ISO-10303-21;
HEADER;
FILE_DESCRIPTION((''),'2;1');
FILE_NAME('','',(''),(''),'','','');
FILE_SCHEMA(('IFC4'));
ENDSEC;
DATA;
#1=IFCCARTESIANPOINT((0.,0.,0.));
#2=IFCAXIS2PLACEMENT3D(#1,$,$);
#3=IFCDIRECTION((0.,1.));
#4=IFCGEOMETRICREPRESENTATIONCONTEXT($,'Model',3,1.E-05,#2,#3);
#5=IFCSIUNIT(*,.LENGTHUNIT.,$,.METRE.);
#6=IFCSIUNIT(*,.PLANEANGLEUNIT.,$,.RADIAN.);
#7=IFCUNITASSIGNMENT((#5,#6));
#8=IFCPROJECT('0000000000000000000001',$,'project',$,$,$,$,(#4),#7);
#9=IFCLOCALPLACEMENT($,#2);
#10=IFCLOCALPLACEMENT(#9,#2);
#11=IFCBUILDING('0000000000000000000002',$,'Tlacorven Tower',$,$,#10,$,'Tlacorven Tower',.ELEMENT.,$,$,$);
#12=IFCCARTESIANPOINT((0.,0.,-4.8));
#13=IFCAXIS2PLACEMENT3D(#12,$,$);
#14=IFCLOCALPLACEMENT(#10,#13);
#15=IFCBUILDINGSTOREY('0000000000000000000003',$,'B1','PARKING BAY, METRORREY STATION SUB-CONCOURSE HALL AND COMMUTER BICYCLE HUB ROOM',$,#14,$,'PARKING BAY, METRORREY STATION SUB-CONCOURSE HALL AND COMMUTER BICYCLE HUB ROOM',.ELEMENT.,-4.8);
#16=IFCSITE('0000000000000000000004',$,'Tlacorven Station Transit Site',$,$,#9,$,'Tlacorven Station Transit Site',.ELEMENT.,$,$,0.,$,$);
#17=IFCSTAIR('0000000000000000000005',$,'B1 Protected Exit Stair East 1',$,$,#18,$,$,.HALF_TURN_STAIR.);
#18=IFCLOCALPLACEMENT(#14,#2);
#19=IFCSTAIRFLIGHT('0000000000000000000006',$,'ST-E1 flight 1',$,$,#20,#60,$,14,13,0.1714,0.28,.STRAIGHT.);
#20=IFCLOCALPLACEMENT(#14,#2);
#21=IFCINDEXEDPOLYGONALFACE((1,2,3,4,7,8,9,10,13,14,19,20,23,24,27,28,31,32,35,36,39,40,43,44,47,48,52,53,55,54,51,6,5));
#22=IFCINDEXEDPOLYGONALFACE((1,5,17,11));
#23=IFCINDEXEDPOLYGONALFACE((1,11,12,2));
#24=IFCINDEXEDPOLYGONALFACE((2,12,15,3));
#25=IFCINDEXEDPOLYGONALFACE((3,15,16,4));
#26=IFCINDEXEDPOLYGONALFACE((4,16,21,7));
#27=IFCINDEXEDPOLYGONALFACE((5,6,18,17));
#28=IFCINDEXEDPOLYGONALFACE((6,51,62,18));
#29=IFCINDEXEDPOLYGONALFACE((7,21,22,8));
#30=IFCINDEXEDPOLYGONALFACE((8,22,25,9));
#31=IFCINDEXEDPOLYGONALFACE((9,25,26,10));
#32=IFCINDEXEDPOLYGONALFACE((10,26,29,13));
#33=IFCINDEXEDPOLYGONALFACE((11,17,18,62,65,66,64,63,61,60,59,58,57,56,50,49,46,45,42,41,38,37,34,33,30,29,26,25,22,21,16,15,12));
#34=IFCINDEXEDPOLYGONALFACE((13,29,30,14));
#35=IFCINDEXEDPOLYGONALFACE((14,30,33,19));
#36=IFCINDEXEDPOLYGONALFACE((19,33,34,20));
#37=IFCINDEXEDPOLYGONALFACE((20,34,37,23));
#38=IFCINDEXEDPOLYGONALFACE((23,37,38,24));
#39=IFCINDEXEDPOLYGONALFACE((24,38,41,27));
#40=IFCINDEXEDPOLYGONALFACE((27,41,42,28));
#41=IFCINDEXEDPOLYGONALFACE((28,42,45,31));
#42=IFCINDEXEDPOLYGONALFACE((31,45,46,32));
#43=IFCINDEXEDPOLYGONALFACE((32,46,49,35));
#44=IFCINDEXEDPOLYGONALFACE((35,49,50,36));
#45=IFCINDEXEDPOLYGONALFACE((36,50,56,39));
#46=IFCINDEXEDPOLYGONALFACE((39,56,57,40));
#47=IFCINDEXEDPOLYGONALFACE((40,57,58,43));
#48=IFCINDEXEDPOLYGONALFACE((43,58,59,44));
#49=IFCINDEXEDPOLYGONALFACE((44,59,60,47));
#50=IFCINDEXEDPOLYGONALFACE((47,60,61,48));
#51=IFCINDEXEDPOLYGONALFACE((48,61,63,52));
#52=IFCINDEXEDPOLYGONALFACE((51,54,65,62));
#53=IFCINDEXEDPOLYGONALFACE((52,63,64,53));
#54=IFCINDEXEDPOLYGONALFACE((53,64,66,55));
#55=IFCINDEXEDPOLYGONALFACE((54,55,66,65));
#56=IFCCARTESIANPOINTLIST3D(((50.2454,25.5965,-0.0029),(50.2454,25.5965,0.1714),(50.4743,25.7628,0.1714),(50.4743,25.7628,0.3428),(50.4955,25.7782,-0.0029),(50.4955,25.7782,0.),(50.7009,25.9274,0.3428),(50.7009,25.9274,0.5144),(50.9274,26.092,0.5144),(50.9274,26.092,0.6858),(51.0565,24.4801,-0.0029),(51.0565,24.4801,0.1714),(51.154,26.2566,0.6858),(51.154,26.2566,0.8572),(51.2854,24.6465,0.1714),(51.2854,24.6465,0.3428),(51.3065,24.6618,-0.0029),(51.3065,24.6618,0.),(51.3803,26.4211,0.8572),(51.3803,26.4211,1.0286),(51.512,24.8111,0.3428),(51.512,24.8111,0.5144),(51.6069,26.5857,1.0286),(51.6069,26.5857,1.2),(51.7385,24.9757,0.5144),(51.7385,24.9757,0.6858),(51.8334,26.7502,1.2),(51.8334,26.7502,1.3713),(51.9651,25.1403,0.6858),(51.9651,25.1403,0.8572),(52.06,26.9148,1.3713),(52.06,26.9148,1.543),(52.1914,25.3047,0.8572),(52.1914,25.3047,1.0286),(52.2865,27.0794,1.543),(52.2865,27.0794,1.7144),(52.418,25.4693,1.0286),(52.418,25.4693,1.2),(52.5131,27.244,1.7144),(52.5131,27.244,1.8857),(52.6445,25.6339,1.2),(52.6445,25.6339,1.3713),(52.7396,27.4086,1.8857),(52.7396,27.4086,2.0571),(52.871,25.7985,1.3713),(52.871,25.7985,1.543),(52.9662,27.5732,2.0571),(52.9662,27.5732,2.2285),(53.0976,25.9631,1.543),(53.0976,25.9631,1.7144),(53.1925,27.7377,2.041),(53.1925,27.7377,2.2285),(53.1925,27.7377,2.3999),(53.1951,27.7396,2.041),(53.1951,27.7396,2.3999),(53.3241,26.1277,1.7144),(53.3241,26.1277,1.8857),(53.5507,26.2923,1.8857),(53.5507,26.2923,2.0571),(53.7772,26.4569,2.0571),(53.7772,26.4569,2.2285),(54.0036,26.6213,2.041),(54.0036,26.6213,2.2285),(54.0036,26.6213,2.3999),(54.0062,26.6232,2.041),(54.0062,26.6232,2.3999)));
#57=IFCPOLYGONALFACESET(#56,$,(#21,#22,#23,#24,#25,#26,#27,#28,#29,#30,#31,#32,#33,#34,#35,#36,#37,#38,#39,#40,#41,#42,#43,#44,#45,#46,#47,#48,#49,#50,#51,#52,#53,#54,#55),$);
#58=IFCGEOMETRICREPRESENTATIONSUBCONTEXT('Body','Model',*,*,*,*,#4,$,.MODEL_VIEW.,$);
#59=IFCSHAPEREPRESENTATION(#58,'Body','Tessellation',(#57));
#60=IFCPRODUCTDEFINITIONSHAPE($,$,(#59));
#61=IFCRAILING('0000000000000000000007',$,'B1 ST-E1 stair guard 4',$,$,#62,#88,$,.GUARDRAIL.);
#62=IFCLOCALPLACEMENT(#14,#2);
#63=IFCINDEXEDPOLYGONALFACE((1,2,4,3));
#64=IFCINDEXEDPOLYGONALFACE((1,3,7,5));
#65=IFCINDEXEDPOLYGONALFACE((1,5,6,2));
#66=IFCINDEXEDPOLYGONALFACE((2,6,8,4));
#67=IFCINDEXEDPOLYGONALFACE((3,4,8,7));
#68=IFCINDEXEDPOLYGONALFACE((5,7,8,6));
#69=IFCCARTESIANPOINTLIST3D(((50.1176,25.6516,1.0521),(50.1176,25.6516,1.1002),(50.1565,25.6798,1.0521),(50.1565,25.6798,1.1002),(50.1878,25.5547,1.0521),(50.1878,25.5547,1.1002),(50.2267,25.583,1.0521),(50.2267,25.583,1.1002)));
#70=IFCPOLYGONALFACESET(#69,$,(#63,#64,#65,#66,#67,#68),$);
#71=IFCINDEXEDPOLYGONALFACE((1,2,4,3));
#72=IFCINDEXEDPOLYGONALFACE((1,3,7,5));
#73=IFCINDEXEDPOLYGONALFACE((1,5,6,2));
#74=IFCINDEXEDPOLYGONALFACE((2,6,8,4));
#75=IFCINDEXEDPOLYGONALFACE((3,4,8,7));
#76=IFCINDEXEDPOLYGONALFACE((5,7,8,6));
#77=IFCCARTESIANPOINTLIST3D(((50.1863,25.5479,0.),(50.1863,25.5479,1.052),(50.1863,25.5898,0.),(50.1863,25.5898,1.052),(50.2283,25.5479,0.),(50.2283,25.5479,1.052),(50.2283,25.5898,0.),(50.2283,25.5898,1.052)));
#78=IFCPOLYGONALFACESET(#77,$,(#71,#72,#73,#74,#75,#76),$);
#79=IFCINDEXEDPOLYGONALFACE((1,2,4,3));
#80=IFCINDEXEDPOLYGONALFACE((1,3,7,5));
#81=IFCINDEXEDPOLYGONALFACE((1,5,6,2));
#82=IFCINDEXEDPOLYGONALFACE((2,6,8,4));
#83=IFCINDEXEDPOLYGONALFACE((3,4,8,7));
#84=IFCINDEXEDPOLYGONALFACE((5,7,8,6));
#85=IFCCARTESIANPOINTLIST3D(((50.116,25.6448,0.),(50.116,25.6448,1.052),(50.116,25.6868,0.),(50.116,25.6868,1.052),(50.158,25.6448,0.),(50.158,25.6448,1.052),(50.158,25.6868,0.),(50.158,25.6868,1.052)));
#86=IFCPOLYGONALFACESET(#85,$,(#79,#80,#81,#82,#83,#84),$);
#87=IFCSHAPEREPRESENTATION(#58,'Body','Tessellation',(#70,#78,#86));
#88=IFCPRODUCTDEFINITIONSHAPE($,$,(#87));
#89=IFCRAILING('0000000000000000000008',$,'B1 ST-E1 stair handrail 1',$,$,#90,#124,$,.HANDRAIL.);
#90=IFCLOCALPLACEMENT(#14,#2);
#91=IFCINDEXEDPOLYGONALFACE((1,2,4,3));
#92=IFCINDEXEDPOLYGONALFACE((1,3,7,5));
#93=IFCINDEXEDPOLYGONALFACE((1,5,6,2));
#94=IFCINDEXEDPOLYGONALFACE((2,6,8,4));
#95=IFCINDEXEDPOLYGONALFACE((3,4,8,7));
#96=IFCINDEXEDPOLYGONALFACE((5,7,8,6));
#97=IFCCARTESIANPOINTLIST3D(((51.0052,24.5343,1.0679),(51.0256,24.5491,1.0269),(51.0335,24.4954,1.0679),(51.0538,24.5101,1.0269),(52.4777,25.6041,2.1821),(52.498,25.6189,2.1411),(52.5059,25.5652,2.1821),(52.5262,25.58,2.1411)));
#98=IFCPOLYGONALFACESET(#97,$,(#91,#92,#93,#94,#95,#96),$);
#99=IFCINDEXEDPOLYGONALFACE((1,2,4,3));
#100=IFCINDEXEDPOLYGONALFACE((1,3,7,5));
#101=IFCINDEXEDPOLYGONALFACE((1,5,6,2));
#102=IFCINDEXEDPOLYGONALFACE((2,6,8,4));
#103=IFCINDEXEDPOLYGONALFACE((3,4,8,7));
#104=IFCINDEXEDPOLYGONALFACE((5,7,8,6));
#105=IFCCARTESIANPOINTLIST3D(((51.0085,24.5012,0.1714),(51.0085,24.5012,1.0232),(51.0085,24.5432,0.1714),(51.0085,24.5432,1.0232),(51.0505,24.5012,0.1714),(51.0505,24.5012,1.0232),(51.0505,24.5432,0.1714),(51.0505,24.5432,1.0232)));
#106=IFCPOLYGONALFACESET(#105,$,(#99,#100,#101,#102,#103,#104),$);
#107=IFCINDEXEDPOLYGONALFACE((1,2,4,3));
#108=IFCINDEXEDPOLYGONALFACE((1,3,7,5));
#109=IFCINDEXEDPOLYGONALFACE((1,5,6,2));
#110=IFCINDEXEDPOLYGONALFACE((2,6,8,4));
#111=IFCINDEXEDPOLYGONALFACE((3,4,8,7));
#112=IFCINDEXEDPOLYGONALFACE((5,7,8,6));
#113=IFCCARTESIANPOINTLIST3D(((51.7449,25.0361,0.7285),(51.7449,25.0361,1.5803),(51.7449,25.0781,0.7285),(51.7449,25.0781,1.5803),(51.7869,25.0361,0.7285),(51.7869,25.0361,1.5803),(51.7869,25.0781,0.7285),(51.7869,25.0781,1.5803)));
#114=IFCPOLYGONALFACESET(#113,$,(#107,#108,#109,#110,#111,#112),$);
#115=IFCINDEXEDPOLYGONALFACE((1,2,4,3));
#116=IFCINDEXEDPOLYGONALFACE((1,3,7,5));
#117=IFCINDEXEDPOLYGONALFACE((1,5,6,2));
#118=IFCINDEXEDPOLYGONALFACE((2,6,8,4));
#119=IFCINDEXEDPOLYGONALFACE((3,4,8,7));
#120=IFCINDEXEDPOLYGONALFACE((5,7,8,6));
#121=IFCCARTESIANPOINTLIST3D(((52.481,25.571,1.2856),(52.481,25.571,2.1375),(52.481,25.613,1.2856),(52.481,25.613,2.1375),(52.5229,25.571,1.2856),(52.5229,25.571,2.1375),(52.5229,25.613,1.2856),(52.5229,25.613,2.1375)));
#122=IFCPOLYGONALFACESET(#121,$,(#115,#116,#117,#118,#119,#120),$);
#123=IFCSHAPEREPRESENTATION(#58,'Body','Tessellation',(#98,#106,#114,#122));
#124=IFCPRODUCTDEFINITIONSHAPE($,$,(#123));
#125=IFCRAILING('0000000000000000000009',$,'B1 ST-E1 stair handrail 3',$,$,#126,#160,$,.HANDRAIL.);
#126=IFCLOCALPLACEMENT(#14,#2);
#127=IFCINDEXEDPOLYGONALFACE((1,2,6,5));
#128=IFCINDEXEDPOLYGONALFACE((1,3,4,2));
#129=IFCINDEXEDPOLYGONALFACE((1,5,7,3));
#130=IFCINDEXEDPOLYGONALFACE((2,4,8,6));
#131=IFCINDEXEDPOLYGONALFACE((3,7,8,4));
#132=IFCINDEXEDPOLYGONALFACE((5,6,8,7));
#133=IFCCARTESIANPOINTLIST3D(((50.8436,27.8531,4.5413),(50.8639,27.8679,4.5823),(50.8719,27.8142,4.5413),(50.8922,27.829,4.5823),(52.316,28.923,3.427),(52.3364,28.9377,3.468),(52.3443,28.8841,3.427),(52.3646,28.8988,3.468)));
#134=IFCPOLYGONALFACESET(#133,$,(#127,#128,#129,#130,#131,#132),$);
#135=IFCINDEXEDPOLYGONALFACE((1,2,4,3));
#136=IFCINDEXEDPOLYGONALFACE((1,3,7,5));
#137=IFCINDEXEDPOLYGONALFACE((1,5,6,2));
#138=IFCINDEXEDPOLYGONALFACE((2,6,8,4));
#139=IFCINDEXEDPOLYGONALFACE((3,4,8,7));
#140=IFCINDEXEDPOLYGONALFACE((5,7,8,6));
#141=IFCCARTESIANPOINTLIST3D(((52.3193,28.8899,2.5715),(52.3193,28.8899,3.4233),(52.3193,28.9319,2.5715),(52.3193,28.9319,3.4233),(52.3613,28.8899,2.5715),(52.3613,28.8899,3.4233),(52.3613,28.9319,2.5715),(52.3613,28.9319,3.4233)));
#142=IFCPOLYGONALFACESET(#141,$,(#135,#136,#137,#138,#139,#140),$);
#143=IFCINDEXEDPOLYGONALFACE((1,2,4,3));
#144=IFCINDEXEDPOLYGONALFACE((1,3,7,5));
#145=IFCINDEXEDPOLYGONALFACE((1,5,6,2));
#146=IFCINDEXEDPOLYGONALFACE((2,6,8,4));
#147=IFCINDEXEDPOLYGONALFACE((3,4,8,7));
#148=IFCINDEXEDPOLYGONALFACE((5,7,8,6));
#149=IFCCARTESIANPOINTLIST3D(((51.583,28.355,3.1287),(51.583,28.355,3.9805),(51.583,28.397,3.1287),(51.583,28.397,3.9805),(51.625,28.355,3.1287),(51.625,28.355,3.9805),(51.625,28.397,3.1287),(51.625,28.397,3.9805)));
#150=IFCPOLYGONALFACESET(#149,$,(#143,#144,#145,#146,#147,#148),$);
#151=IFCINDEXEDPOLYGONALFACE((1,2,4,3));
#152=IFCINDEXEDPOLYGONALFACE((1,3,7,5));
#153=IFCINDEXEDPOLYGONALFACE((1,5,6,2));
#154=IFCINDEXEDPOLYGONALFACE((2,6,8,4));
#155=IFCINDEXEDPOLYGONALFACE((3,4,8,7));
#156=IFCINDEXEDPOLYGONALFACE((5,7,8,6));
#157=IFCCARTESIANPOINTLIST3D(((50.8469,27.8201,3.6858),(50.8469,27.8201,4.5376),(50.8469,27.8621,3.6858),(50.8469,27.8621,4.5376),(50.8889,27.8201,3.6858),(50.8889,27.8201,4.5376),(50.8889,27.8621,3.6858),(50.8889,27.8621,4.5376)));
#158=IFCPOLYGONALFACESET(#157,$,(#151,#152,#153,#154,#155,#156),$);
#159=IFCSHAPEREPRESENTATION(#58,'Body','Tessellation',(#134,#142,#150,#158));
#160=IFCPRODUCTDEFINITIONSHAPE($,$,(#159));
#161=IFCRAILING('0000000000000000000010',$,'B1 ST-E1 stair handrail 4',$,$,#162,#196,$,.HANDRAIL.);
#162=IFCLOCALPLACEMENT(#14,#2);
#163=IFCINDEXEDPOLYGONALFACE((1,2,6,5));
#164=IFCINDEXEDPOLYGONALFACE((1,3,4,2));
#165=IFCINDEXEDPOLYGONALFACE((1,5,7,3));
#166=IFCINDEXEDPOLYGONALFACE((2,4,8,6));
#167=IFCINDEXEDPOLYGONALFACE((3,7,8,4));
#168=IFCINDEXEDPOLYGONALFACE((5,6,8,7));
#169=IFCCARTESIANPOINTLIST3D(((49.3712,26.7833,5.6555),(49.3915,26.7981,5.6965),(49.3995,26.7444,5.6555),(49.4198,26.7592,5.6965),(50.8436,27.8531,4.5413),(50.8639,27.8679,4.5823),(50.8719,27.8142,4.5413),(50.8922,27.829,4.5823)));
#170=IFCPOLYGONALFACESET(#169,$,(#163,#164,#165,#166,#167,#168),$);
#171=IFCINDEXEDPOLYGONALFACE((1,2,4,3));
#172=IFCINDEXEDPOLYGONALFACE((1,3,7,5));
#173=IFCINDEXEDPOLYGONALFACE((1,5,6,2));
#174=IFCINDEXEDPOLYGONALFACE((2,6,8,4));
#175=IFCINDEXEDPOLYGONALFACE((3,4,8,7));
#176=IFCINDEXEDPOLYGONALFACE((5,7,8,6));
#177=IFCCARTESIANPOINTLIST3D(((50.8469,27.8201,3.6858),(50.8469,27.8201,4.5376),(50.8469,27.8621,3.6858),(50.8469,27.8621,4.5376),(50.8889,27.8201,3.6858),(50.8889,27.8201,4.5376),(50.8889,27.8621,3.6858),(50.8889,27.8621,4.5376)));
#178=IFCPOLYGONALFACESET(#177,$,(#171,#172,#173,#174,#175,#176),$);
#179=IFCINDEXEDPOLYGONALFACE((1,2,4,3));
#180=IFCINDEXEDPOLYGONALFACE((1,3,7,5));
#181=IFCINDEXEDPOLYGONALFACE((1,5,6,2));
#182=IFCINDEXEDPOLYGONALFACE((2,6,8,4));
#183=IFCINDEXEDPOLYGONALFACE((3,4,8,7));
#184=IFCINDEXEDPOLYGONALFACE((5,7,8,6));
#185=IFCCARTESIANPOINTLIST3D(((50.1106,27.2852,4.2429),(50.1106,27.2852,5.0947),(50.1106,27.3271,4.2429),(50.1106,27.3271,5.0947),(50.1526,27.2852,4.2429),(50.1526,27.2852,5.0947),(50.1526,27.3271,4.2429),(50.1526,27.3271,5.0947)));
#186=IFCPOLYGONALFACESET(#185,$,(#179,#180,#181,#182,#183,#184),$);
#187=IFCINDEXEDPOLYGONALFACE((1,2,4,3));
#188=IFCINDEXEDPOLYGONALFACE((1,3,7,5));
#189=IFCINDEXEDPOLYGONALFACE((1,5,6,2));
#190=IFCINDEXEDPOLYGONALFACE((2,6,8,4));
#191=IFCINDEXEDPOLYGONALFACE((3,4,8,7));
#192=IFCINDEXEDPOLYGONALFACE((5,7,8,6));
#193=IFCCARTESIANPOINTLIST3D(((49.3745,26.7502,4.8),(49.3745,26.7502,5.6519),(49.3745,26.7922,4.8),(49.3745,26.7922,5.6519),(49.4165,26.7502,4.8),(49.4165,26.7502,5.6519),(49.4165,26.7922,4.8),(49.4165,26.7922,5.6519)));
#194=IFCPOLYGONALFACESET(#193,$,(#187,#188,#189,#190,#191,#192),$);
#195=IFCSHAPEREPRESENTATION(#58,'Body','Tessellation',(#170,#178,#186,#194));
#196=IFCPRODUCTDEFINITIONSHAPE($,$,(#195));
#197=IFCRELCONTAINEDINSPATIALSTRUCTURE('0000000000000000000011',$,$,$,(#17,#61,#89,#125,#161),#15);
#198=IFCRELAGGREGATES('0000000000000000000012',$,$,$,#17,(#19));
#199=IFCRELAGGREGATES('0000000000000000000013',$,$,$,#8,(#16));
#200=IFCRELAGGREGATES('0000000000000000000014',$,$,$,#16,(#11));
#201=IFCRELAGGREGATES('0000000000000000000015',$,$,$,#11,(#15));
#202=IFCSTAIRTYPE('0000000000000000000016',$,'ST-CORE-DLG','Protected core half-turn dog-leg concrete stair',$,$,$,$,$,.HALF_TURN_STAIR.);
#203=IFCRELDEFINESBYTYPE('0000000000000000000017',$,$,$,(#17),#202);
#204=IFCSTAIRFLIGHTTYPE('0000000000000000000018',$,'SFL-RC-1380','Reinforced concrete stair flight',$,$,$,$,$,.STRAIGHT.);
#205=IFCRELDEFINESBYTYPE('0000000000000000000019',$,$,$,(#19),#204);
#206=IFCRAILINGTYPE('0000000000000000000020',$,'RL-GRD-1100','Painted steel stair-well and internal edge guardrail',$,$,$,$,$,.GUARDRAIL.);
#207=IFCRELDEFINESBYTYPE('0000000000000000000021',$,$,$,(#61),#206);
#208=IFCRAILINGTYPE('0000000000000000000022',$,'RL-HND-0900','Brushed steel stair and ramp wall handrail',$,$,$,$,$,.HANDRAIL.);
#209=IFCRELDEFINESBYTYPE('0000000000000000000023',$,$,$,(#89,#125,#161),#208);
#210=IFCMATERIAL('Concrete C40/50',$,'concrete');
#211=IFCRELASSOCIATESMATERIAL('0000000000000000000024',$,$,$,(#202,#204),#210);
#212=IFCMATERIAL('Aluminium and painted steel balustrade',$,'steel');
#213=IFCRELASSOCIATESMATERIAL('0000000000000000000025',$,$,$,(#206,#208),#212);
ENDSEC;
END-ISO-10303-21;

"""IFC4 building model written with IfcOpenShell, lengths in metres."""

from ifc_helpers import new_model, si_unit, direction, frame, origin, origin_2d, place, context, subcontext, project, spatial, polyline, rectangle, outline, extrude, source, transform, mapped, material, type_object, element, aggregate, save


model = new_model("IFC4")

# Units and contexts
model_context = context("Model", 3, precision=1e-05, world=origin(), true_north=direction((0.0, 1.0)))
body_context = subcontext(model_context, "Body", "Model", "MODEL_VIEW")
ifc_project = project(units=[si_unit("LENGTHUNIT", "METRE"), si_unit("PLANEANGLEUNIT", "RADIAN")], contexts=[model_context])

# Site, building, storey
site_placement = place(None, origin())
site = spatial("IfcSite", under=ifc_project, at=site_placement, Name="Tlacorven Station Transit Site", LongName="Tlacorven Station Transit Site", CompositionType="ELEMENT", RefElevation=0.0)
building_placement = place(site_placement, origin())
building = spatial("IfcBuilding", under=site, at=building_placement, Name="Tlacorven Tower", LongName="Tlacorven Tower", CompositionType="ELEMENT")
storey_placement = place(building_placement, frame((0.0, 0.0, -4.8)))
storey = spatial("IfcBuildingStorey", under=building, at=storey_placement, Name="B1", Description="PARKING BAY, METRORREY STATION SUB-CONCOURSE HALL AND COMMUTER BICYCLE HUB ROOM", LongName="PARKING BAY, METRORREY STATION SUB-CONCOURSE HALL AND COMMUTER BICYCLE HUB ROOM", CompositionType="ELEMENT", Elevation=-4.8)

# Shared definitions
ifc_material_1 = material(Name="Concrete C40/50", Category="concrete")

# Stair, stair flight
stair_type = type_object("IfcStairType", Name="ST-CORE-DLG", Description="Protected core half-turn dog-leg concrete stair", PredefinedType="HALF_TURN_STAIR", material=ifc_material_1)
stair_placement = place(storey_placement, origin())
stair = element("IfcStair", 1, at=stair_placement, inside=storey, type_object=stair_type, Name="B1 Protected Exit Stair East 1", PredefinedType="HALF_TURN_STAIR")
stair_flight_type = type_object("IfcStairFlightType", Name="SFL-RC-1380", Description="Reinforced concrete stair flight", PredefinedType="STRAIGHT", material=ifc_material_1)
shared_shape_1 = source(origin(), body_context, "Body", "SweptSolid", [
    extrude(outline(polyline([(-0.0029, -0.0029), (-0.0029, 0.1714), (0.28, 0.1714), (0.28, 0.3428), (0.5601, 0.3428), (0.5601, 0.5144), (0.8401, 0.5144), (0.8401, 0.6858), (1.1201, 0.6858), (1.1201, 0.8572), (1.3999, 0.8572), (1.3999, 1.0286), (1.6799, 1.0286), (1.6799, 1.2), (1.96, 1.2), (1.96, 1.3713), (2.24, 1.3713), (2.24, 1.543), (2.52, 1.543), (2.52, 1.7144), (2.8, 1.7144), (2.8, 1.8857), (3.0801, 1.8857), (3.0801, 2.0571), (3.3601, 2.0571), (3.3601, 2.2285), (3.6399, 2.2285), (3.6399, 2.3999), (3.6431, 2.3999), (3.6431, 2.041), (3.6399, 2.041), (0.3062, 0.0), (0.3062, -0.0029), (-0.0029, -0.0029)])), frame((0.0, 0.6899, 0.0), z_axis=(0.0, -1.0, 0.0), x_axis=(1.0, 0.0, 0.0)), (0.0, 0.0, 1.0), 1.3799),
])
stair_flight_placement = place(storey_placement, frame((50.6533, 25.04, 0.0), z_axis=(0.0, 0.0, 1.0), x_axis=(0.809017, 0.587785, 0.0)))
stair_flight = element("IfcStairFlight", 2, at=stair_flight_placement, type_object=stair_flight_type, Name="ST-E1 flight 1", NumberOfRisers=14, NumberOfTreads=13, PredefinedType="STRAIGHT", RiserHeight=0.1714, TreadLength=0.28, context=body_context, shape_type="MappedRepresentation", body=[
    mapped(shared_shape_1, transform((0.0, 0.0, 0.0), scale=1.0)),
])
aggregate(stair, [stair_flight])

# Railings
ifc_material_2 = material(Name="Aluminium and painted steel balustrade", Category="steel")
railing_type_1 = type_object("IfcRailingType", Name="RL-GRD-1100", Description="Painted steel stair-well and internal edge guardrail", PredefinedType="GUARDRAIL", material=ifc_material_2)
shared_shape_2 = source(origin(), body_context, "Body", "SweptSolid", [
    extrude(rectangle(XDim=0.0481, YDim=0.0481, at=origin_2d()), frame((0.0, 0.0, 1.0762), z_axis=(-0.587201, 0.809441, 0.0), x_axis=(-0.809441, -0.587201, 0.0)), (0.0, 0.0, 1.0), 0.1196),
    extrude(rectangle(XDim=0.042, YDim=0.042, at=origin_2d()), origin(), (0.0, 0.0, 1.0), 1.052),
    extrude(rectangle(XDim=0.042, YDim=0.042, at=origin_2d()), frame((-0.0703, 0.0969, 0.0)), (0.0, 0.0, 1.0), 1.052),
])
railing_1_placement = place(storey_placement, frame((50.2073, 25.5688, 0.0)))
element("IfcRailing", 3, at=railing_1_placement, inside=storey, type_object=railing_type_1, Name="B1 ST-E1 stair guard 4", PredefinedType="GUARDRAIL", context=body_context, shape_type="MappedRepresentation", body=[
    mapped(shared_shape_2, transform((0.0, 0.0, 0.0), scale=1.0)),
])
railing_type_2 = type_object("IfcRailingType", Name="RL-HND-0900", Description="Brushed steel stair and ramp wall handrail", PredefinedType="HANDRAIL", material=ifc_material_2)
shared_shape_3 = source(origin(), body_context, "Body", "SweptSolid", [
    extrude(rectangle(XDim=0.0481, YDim=0.0481, at=origin_2d()), frame((0.0, 0.0, 0.876), z_axis=(0.689967, 0.501316, 0.522137), x_axis=(-0.587805, 0.809003, 0.0)), (0.0, 0.0, 1.0), 2.134),
    extrude(rectangle(XDim=0.042, YDim=0.042, at=origin_2d()), origin(), (0.0, 0.0, 1.0), 0.8518),
    extrude(rectangle(XDim=0.042, YDim=0.042, at=origin_2d()), frame((0.7363, 0.5349, 0.5571)), (0.0, 0.0, 1.0), 0.8518),
    extrude(rectangle(XDim=0.042, YDim=0.042, at=origin_2d()), frame((1.4724, 1.0698, 1.1143)), (0.0, 0.0, 1.0), 0.8518),
])
railing_2_placement = place(storey_placement, frame((51.0295, 24.5222, 0.1714)))
element("IfcRailing", 4, at=railing_2_placement, inside=storey, type_object=railing_type_2, Name="B1 ST-E1 stair handrail 1", PredefinedType="HANDRAIL", context=body_context, shape_type="MappedRepresentation", body=[
    mapped(shared_shape_3, transform((0.0, 0.0, 0.0), scale=1.0)),
])
shared_shape_4 = source(origin(), body_context, "Body", "SweptSolid", [
    extrude(rectangle(XDim=0.0481, YDim=0.0481, at=origin_2d()), frame((0.0, 0.0, 0.876), z_axis=(-0.689967, -0.501316, 0.522137), x_axis=(0.587805, -0.809003, 0.0)), (0.0, 0.0, 1.0), 2.134),
    extrude(rectangle(XDim=0.042, YDim=0.042, at=origin_2d()), origin(), (0.0, 0.0, 1.0), 0.8518),
    extrude(rectangle(XDim=0.042, YDim=0.042, at=origin_2d()), frame((-0.7363, -0.5349, 0.5571)), (0.0, 0.0, 1.0), 0.8518),
    extrude(rectangle(XDim=0.042, YDim=0.042, at=origin_2d()), frame((-1.4724, -1.0698, 1.1143)), (0.0, 0.0, 1.0), 0.8518),
])
for number, where, name in (
    (5, (52.3403, 28.9109, 2.5715), "B1 ST-E1 stair handrail 3"),
    (6, (50.8679, 27.8411, 3.6858), "B1 ST-E1 stair handrail 4"),
):
    element("IfcRailing", number, at=place(storey_placement, frame(where)), inside=storey, type_object=railing_type_2, Name=name, PredefinedType="HANDRAIL", context=body_context, shape_type="MappedRepresentation", body=[
        mapped(shared_shape_4, transform((0.0, 0.0, 0.0), scale=1.0)),
    ])

save(model, "model.ifc")
